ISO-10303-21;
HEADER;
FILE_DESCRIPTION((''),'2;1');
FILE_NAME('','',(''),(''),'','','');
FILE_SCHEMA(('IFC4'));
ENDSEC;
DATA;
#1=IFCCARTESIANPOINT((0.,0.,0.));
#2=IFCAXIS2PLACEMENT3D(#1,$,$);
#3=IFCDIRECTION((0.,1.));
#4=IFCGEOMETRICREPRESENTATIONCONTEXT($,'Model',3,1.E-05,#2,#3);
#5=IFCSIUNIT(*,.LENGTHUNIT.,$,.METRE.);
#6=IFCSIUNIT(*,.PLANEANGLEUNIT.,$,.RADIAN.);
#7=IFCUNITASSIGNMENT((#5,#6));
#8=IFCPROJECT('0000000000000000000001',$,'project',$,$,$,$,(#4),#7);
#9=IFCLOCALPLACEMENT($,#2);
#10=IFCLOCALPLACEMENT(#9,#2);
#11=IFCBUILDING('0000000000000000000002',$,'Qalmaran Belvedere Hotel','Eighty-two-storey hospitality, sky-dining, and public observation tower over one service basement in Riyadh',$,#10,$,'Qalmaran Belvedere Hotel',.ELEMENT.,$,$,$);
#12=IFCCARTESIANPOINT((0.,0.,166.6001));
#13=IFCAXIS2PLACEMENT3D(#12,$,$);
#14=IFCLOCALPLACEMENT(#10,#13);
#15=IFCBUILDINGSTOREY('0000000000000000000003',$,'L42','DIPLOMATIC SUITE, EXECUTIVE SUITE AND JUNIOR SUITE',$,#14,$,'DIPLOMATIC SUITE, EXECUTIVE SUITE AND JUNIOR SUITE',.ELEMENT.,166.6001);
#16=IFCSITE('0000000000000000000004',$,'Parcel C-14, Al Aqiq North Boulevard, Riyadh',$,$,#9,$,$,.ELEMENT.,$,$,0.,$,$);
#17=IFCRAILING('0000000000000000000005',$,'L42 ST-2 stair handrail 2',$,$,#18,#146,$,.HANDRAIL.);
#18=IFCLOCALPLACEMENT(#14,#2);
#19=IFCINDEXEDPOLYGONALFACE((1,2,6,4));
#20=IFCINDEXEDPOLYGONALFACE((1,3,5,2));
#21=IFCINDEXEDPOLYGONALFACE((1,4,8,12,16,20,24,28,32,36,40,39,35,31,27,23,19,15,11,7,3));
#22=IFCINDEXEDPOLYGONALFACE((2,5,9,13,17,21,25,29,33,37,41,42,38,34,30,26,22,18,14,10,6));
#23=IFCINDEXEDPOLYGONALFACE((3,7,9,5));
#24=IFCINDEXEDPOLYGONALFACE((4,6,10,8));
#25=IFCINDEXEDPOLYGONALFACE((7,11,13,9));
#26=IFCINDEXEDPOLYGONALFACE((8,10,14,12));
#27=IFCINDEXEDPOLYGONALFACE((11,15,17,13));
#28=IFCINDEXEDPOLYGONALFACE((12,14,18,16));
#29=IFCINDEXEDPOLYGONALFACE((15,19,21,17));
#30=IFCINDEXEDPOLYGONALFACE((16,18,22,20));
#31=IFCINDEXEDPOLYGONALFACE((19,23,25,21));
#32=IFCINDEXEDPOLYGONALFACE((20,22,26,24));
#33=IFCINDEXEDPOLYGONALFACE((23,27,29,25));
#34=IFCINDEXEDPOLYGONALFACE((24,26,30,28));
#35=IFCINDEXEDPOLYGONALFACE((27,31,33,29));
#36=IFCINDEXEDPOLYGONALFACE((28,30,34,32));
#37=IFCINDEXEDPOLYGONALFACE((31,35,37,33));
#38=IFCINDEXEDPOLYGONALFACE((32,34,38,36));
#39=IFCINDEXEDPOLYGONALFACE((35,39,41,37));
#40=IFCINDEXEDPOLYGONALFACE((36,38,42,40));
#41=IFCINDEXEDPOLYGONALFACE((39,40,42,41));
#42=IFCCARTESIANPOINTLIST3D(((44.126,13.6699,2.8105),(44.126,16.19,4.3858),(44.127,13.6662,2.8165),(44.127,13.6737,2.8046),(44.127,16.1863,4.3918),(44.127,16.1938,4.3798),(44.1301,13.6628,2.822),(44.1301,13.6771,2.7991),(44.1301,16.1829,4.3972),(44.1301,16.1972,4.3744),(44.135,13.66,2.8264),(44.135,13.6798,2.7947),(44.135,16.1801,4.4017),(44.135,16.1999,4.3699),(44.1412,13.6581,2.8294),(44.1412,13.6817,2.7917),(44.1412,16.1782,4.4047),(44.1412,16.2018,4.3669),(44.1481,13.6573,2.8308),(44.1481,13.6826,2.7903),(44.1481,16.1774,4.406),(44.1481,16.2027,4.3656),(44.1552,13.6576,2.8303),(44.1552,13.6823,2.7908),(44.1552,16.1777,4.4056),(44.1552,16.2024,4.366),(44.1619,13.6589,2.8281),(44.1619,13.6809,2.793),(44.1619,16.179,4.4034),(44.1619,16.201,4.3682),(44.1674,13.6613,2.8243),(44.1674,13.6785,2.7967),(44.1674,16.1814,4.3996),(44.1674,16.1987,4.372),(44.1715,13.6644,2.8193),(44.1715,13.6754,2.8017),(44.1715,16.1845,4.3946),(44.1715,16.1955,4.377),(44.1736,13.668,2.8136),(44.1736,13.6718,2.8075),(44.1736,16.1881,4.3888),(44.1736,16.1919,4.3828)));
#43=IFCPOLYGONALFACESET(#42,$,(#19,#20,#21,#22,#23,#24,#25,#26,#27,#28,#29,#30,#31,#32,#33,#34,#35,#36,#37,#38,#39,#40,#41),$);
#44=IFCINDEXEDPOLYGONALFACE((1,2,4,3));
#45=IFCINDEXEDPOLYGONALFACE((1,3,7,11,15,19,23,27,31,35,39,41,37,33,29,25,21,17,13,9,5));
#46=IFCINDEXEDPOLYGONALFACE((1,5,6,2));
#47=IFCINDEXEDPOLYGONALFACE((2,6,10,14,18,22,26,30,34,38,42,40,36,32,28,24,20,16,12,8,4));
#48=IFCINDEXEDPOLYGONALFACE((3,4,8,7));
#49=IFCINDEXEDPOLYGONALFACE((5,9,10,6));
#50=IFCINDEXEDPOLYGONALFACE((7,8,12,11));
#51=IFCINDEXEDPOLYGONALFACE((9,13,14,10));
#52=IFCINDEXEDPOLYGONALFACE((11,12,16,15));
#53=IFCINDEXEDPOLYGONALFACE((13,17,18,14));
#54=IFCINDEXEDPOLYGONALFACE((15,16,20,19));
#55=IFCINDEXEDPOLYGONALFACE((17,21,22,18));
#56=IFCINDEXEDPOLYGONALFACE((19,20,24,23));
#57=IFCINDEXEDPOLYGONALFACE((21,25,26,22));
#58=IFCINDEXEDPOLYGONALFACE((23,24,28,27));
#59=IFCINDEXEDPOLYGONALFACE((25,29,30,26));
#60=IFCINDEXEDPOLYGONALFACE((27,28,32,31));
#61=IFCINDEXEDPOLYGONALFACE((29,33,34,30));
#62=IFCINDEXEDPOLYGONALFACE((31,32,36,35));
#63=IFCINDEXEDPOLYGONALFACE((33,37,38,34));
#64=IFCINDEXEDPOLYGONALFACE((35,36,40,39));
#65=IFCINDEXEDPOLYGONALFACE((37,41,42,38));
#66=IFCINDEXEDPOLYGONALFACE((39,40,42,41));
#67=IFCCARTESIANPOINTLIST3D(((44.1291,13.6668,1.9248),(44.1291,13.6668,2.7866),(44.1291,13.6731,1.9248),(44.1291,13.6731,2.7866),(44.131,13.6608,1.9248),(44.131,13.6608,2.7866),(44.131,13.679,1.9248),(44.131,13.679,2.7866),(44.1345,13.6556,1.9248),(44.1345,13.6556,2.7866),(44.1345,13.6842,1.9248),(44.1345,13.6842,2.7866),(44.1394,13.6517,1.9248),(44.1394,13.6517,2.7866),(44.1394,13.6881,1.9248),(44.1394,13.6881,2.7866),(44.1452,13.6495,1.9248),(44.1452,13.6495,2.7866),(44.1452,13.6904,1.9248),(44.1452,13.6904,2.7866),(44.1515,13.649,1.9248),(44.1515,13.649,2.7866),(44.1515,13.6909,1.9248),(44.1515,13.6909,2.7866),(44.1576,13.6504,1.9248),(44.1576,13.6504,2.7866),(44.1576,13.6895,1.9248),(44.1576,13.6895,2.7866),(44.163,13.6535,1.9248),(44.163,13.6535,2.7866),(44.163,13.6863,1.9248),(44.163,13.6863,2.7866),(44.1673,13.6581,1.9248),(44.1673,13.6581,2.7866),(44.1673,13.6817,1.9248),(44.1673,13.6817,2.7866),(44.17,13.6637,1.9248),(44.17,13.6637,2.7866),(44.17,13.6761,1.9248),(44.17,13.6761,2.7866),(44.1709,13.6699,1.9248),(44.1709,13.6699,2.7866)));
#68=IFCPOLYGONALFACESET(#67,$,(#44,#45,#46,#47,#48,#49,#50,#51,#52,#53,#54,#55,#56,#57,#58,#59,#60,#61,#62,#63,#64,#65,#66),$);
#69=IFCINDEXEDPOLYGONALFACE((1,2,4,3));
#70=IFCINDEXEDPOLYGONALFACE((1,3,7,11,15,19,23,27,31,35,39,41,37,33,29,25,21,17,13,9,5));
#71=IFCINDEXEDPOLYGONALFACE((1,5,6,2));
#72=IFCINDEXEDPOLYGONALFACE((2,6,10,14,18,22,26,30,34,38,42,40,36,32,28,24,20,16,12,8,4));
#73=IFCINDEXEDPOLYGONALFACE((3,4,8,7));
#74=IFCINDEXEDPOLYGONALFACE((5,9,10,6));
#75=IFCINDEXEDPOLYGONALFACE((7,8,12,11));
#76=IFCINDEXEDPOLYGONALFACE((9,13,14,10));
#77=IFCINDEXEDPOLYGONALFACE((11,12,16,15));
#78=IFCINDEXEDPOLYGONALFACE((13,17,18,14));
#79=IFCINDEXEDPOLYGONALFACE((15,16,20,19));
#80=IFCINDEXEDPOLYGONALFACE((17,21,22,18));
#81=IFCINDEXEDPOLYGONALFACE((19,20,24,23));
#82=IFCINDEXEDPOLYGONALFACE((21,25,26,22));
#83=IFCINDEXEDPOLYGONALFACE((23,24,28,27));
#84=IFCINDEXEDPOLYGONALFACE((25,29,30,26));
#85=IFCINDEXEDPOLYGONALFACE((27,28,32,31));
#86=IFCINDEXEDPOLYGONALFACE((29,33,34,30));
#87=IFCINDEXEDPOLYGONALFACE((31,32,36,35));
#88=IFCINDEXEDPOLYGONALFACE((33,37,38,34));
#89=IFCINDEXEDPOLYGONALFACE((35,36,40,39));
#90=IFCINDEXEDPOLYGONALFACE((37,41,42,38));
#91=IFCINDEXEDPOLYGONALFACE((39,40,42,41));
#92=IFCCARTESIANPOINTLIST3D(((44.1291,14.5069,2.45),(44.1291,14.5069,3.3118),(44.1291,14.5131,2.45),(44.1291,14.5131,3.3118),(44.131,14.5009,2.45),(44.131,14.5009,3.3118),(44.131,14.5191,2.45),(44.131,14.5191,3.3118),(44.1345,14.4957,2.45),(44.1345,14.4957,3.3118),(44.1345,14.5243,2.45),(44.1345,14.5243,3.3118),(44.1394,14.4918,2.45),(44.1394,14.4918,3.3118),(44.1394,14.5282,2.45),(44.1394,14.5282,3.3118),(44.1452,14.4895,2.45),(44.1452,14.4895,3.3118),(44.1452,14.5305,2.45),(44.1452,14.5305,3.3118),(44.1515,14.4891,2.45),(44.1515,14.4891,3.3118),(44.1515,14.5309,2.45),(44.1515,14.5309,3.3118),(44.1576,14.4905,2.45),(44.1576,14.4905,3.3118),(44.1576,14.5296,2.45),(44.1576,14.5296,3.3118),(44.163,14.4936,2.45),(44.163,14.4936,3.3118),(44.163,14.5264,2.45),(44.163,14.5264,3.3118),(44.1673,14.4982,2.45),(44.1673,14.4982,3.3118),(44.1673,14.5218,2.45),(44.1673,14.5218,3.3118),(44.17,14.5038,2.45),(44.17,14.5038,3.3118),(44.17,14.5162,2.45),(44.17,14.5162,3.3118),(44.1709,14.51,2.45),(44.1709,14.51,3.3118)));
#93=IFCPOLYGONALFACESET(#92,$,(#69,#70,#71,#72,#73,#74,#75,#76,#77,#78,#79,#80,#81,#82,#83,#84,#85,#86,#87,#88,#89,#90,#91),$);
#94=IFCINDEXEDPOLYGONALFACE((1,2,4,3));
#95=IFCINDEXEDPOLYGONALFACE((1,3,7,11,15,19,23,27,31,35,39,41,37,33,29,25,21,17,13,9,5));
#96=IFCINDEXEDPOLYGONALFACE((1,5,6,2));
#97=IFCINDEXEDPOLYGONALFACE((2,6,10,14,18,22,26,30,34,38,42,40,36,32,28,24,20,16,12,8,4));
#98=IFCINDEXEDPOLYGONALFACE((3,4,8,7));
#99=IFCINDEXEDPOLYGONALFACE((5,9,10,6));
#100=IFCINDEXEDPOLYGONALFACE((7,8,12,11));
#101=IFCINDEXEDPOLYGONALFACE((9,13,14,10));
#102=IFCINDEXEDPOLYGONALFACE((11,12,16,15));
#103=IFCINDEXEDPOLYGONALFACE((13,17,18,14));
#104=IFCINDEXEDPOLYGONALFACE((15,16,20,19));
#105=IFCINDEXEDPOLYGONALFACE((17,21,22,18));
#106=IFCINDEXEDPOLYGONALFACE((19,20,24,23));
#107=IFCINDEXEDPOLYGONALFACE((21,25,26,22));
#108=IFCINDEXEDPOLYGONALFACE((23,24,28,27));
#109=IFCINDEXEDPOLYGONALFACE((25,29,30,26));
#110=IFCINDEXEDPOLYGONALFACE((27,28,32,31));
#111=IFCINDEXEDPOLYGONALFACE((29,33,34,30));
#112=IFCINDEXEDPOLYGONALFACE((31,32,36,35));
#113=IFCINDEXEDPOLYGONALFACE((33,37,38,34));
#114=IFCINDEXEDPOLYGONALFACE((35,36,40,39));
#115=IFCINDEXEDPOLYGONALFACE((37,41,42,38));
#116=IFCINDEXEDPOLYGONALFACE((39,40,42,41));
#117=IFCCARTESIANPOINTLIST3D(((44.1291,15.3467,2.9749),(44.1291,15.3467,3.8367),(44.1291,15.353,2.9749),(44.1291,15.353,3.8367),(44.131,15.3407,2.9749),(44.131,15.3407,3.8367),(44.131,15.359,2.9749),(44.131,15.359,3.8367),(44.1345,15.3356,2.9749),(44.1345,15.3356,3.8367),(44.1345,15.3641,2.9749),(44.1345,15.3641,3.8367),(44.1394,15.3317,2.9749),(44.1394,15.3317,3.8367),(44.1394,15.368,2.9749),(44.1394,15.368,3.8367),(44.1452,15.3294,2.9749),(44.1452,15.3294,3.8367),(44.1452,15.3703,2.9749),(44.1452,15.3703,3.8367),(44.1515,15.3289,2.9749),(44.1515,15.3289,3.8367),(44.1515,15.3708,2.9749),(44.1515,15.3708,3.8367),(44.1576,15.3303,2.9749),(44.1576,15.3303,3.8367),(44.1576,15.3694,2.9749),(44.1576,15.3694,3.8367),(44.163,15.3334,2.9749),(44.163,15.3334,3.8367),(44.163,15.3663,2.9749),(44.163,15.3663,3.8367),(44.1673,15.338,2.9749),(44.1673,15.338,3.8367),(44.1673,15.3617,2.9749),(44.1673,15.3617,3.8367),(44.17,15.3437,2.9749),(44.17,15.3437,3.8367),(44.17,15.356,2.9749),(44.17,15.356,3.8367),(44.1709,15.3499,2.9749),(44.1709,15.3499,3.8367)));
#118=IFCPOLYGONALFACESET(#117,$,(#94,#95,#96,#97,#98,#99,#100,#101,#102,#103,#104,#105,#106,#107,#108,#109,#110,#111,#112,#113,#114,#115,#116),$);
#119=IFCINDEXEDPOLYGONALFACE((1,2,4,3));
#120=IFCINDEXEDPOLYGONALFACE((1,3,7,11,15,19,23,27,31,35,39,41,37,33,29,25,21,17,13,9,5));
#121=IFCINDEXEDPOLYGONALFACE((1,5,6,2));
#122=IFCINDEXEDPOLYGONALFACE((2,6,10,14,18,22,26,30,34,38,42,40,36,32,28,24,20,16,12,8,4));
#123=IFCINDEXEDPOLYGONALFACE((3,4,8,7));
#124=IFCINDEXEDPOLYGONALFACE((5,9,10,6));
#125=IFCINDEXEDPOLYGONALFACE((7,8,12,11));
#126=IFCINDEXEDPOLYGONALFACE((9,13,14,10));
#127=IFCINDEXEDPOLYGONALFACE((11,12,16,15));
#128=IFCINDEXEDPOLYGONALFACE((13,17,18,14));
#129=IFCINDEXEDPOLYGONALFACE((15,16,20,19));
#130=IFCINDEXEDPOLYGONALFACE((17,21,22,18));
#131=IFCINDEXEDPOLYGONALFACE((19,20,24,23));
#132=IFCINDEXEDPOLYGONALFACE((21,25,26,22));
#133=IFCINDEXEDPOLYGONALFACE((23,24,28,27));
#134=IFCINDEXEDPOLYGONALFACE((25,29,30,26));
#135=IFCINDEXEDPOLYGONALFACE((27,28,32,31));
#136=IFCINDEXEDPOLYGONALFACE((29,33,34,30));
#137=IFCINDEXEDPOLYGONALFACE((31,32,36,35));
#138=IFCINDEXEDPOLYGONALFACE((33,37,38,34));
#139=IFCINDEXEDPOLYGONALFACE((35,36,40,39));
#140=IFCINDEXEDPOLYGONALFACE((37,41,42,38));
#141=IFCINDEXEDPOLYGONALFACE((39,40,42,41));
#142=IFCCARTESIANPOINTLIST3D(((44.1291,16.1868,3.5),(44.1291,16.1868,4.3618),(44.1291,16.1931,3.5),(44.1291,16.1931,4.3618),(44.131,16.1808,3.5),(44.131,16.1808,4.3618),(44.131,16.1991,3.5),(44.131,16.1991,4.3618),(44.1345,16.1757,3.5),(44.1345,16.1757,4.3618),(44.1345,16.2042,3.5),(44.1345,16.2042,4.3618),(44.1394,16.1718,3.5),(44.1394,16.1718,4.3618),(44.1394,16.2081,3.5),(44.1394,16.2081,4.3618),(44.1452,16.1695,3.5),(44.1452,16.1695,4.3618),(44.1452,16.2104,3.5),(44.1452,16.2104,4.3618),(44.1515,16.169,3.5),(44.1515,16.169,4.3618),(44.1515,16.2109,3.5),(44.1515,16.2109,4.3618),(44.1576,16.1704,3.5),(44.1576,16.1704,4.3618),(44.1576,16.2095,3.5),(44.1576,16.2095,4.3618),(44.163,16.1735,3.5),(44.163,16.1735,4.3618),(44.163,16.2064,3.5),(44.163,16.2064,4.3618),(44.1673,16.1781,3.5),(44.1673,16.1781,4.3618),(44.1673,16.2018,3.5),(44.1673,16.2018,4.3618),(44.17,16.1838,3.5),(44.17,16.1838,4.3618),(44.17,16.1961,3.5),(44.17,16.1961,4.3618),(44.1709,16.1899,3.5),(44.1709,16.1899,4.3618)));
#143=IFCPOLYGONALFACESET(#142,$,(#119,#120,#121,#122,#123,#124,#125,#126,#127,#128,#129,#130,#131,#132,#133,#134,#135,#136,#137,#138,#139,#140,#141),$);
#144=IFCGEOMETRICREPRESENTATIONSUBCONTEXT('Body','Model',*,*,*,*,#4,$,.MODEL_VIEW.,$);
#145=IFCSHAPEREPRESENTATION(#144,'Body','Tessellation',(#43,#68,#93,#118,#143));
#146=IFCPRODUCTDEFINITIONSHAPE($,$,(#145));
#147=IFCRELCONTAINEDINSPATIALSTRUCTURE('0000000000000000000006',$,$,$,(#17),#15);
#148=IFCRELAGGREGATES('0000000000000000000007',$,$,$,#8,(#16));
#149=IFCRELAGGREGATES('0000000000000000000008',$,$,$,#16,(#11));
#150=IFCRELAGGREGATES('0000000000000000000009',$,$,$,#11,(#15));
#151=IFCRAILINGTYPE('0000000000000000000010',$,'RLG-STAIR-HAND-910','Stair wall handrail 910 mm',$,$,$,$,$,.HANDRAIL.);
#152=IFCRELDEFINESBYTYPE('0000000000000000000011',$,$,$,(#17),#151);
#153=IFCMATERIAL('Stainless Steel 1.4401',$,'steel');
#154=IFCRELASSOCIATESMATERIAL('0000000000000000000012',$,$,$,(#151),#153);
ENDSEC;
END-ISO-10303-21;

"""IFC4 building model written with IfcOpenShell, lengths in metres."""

from ifc_helpers import new_model, si_unit, direction, frame, origin, origin_2d, place, context, subcontext, project, spatial, circle, extrude, material, type_object, element, save


model = new_model("IFC4")

# Units and contexts
model_context = context("Model", 3, precision=1e-05, world=origin(), true_north=direction((0.0, 1.0)))
body_context = subcontext(model_context, "Body", "Model", "MODEL_VIEW")
ifc_project = project(units=[si_unit("LENGTHUNIT", "METRE"), si_unit("PLANEANGLEUNIT", "RADIAN")], contexts=[model_context])

# Site, building, storey
site_placement = place(None, origin())
site = spatial("IfcSite", under=ifc_project, at=site_placement, Name="Parcel C-14, Al Aqiq North Boulevard, Riyadh", CompositionType="ELEMENT", RefElevation=0.0)
building_placement = place(site_placement, origin())
building = spatial("IfcBuilding", under=site, at=building_placement, Name="Qalmaran Belvedere Hotel", Description="Eighty-two-storey hospitality, sky-dining, and public observation tower over one service basement in Riyadh", LongName="Qalmaran Belvedere Hotel", CompositionType="ELEMENT")
storey_placement = place(building_placement, frame((0.0, 0.0, 166.6001)))
storey = spatial("IfcBuildingStorey", under=building, at=storey_placement, Name="L42", Description="DIPLOMATIC SUITE, EXECUTIVE SUITE AND JUNIOR SUITE", LongName="DIPLOMATIC SUITE, EXECUTIVE SUITE AND JUNIOR SUITE", CompositionType="ELEMENT", Elevation=166.6001)

# Railing
ifc_material_1 = material(Name="Stainless Steel 1.4401", Category="steel")
railing_type_1 = type_object("IfcRailingType", Name="RLG-STAIR-HAND-910", Description="Stair wall handrail 910 mm", PredefinedType="HANDRAIL", material=ifc_material_1)
railing_1_placement = place(storey_placement, frame((44.1499, 13.6699, 1.9248)))
element("IfcRailing", 1, at=railing_1_placement, inside=storey, type_object=railing_type_1, Name="L42 ST-2 stair handrail 2", PredefinedType="HANDRAIL", context=body_context, shape_type="SweptSolid", body=[
    extrude(circle(Radius=0.0239, at=origin_2d()), frame((0.0, 0.0, 0.8857), z_axis=(0.0, 0.847971, 0.530043), x_axis=(-1.0, 0.0, 0.0)), (0.0, 0.0, 1.0), 2.9719),
    extrude(circle(Radius=0.021, at=origin_2d()), origin(), (0.0, 0.0, 1.0), 0.8618),
    extrude(circle(Radius=0.021, at=origin_2d()), frame((0.0, 0.8401, 0.5251)), (0.0, 0.0, 1.0), 0.8618),
    extrude(circle(Radius=0.021, at=origin_2d()), frame((0.0, 1.6799, 1.05)), (0.0, 0.0, 1.0), 0.8618),
    extrude(circle(Radius=0.021, at=origin_2d()), frame((0.0, 2.52, 1.5752)), (0.0, 0.0, 1.0), 0.8618),
])

save(model, "model.ifc")
